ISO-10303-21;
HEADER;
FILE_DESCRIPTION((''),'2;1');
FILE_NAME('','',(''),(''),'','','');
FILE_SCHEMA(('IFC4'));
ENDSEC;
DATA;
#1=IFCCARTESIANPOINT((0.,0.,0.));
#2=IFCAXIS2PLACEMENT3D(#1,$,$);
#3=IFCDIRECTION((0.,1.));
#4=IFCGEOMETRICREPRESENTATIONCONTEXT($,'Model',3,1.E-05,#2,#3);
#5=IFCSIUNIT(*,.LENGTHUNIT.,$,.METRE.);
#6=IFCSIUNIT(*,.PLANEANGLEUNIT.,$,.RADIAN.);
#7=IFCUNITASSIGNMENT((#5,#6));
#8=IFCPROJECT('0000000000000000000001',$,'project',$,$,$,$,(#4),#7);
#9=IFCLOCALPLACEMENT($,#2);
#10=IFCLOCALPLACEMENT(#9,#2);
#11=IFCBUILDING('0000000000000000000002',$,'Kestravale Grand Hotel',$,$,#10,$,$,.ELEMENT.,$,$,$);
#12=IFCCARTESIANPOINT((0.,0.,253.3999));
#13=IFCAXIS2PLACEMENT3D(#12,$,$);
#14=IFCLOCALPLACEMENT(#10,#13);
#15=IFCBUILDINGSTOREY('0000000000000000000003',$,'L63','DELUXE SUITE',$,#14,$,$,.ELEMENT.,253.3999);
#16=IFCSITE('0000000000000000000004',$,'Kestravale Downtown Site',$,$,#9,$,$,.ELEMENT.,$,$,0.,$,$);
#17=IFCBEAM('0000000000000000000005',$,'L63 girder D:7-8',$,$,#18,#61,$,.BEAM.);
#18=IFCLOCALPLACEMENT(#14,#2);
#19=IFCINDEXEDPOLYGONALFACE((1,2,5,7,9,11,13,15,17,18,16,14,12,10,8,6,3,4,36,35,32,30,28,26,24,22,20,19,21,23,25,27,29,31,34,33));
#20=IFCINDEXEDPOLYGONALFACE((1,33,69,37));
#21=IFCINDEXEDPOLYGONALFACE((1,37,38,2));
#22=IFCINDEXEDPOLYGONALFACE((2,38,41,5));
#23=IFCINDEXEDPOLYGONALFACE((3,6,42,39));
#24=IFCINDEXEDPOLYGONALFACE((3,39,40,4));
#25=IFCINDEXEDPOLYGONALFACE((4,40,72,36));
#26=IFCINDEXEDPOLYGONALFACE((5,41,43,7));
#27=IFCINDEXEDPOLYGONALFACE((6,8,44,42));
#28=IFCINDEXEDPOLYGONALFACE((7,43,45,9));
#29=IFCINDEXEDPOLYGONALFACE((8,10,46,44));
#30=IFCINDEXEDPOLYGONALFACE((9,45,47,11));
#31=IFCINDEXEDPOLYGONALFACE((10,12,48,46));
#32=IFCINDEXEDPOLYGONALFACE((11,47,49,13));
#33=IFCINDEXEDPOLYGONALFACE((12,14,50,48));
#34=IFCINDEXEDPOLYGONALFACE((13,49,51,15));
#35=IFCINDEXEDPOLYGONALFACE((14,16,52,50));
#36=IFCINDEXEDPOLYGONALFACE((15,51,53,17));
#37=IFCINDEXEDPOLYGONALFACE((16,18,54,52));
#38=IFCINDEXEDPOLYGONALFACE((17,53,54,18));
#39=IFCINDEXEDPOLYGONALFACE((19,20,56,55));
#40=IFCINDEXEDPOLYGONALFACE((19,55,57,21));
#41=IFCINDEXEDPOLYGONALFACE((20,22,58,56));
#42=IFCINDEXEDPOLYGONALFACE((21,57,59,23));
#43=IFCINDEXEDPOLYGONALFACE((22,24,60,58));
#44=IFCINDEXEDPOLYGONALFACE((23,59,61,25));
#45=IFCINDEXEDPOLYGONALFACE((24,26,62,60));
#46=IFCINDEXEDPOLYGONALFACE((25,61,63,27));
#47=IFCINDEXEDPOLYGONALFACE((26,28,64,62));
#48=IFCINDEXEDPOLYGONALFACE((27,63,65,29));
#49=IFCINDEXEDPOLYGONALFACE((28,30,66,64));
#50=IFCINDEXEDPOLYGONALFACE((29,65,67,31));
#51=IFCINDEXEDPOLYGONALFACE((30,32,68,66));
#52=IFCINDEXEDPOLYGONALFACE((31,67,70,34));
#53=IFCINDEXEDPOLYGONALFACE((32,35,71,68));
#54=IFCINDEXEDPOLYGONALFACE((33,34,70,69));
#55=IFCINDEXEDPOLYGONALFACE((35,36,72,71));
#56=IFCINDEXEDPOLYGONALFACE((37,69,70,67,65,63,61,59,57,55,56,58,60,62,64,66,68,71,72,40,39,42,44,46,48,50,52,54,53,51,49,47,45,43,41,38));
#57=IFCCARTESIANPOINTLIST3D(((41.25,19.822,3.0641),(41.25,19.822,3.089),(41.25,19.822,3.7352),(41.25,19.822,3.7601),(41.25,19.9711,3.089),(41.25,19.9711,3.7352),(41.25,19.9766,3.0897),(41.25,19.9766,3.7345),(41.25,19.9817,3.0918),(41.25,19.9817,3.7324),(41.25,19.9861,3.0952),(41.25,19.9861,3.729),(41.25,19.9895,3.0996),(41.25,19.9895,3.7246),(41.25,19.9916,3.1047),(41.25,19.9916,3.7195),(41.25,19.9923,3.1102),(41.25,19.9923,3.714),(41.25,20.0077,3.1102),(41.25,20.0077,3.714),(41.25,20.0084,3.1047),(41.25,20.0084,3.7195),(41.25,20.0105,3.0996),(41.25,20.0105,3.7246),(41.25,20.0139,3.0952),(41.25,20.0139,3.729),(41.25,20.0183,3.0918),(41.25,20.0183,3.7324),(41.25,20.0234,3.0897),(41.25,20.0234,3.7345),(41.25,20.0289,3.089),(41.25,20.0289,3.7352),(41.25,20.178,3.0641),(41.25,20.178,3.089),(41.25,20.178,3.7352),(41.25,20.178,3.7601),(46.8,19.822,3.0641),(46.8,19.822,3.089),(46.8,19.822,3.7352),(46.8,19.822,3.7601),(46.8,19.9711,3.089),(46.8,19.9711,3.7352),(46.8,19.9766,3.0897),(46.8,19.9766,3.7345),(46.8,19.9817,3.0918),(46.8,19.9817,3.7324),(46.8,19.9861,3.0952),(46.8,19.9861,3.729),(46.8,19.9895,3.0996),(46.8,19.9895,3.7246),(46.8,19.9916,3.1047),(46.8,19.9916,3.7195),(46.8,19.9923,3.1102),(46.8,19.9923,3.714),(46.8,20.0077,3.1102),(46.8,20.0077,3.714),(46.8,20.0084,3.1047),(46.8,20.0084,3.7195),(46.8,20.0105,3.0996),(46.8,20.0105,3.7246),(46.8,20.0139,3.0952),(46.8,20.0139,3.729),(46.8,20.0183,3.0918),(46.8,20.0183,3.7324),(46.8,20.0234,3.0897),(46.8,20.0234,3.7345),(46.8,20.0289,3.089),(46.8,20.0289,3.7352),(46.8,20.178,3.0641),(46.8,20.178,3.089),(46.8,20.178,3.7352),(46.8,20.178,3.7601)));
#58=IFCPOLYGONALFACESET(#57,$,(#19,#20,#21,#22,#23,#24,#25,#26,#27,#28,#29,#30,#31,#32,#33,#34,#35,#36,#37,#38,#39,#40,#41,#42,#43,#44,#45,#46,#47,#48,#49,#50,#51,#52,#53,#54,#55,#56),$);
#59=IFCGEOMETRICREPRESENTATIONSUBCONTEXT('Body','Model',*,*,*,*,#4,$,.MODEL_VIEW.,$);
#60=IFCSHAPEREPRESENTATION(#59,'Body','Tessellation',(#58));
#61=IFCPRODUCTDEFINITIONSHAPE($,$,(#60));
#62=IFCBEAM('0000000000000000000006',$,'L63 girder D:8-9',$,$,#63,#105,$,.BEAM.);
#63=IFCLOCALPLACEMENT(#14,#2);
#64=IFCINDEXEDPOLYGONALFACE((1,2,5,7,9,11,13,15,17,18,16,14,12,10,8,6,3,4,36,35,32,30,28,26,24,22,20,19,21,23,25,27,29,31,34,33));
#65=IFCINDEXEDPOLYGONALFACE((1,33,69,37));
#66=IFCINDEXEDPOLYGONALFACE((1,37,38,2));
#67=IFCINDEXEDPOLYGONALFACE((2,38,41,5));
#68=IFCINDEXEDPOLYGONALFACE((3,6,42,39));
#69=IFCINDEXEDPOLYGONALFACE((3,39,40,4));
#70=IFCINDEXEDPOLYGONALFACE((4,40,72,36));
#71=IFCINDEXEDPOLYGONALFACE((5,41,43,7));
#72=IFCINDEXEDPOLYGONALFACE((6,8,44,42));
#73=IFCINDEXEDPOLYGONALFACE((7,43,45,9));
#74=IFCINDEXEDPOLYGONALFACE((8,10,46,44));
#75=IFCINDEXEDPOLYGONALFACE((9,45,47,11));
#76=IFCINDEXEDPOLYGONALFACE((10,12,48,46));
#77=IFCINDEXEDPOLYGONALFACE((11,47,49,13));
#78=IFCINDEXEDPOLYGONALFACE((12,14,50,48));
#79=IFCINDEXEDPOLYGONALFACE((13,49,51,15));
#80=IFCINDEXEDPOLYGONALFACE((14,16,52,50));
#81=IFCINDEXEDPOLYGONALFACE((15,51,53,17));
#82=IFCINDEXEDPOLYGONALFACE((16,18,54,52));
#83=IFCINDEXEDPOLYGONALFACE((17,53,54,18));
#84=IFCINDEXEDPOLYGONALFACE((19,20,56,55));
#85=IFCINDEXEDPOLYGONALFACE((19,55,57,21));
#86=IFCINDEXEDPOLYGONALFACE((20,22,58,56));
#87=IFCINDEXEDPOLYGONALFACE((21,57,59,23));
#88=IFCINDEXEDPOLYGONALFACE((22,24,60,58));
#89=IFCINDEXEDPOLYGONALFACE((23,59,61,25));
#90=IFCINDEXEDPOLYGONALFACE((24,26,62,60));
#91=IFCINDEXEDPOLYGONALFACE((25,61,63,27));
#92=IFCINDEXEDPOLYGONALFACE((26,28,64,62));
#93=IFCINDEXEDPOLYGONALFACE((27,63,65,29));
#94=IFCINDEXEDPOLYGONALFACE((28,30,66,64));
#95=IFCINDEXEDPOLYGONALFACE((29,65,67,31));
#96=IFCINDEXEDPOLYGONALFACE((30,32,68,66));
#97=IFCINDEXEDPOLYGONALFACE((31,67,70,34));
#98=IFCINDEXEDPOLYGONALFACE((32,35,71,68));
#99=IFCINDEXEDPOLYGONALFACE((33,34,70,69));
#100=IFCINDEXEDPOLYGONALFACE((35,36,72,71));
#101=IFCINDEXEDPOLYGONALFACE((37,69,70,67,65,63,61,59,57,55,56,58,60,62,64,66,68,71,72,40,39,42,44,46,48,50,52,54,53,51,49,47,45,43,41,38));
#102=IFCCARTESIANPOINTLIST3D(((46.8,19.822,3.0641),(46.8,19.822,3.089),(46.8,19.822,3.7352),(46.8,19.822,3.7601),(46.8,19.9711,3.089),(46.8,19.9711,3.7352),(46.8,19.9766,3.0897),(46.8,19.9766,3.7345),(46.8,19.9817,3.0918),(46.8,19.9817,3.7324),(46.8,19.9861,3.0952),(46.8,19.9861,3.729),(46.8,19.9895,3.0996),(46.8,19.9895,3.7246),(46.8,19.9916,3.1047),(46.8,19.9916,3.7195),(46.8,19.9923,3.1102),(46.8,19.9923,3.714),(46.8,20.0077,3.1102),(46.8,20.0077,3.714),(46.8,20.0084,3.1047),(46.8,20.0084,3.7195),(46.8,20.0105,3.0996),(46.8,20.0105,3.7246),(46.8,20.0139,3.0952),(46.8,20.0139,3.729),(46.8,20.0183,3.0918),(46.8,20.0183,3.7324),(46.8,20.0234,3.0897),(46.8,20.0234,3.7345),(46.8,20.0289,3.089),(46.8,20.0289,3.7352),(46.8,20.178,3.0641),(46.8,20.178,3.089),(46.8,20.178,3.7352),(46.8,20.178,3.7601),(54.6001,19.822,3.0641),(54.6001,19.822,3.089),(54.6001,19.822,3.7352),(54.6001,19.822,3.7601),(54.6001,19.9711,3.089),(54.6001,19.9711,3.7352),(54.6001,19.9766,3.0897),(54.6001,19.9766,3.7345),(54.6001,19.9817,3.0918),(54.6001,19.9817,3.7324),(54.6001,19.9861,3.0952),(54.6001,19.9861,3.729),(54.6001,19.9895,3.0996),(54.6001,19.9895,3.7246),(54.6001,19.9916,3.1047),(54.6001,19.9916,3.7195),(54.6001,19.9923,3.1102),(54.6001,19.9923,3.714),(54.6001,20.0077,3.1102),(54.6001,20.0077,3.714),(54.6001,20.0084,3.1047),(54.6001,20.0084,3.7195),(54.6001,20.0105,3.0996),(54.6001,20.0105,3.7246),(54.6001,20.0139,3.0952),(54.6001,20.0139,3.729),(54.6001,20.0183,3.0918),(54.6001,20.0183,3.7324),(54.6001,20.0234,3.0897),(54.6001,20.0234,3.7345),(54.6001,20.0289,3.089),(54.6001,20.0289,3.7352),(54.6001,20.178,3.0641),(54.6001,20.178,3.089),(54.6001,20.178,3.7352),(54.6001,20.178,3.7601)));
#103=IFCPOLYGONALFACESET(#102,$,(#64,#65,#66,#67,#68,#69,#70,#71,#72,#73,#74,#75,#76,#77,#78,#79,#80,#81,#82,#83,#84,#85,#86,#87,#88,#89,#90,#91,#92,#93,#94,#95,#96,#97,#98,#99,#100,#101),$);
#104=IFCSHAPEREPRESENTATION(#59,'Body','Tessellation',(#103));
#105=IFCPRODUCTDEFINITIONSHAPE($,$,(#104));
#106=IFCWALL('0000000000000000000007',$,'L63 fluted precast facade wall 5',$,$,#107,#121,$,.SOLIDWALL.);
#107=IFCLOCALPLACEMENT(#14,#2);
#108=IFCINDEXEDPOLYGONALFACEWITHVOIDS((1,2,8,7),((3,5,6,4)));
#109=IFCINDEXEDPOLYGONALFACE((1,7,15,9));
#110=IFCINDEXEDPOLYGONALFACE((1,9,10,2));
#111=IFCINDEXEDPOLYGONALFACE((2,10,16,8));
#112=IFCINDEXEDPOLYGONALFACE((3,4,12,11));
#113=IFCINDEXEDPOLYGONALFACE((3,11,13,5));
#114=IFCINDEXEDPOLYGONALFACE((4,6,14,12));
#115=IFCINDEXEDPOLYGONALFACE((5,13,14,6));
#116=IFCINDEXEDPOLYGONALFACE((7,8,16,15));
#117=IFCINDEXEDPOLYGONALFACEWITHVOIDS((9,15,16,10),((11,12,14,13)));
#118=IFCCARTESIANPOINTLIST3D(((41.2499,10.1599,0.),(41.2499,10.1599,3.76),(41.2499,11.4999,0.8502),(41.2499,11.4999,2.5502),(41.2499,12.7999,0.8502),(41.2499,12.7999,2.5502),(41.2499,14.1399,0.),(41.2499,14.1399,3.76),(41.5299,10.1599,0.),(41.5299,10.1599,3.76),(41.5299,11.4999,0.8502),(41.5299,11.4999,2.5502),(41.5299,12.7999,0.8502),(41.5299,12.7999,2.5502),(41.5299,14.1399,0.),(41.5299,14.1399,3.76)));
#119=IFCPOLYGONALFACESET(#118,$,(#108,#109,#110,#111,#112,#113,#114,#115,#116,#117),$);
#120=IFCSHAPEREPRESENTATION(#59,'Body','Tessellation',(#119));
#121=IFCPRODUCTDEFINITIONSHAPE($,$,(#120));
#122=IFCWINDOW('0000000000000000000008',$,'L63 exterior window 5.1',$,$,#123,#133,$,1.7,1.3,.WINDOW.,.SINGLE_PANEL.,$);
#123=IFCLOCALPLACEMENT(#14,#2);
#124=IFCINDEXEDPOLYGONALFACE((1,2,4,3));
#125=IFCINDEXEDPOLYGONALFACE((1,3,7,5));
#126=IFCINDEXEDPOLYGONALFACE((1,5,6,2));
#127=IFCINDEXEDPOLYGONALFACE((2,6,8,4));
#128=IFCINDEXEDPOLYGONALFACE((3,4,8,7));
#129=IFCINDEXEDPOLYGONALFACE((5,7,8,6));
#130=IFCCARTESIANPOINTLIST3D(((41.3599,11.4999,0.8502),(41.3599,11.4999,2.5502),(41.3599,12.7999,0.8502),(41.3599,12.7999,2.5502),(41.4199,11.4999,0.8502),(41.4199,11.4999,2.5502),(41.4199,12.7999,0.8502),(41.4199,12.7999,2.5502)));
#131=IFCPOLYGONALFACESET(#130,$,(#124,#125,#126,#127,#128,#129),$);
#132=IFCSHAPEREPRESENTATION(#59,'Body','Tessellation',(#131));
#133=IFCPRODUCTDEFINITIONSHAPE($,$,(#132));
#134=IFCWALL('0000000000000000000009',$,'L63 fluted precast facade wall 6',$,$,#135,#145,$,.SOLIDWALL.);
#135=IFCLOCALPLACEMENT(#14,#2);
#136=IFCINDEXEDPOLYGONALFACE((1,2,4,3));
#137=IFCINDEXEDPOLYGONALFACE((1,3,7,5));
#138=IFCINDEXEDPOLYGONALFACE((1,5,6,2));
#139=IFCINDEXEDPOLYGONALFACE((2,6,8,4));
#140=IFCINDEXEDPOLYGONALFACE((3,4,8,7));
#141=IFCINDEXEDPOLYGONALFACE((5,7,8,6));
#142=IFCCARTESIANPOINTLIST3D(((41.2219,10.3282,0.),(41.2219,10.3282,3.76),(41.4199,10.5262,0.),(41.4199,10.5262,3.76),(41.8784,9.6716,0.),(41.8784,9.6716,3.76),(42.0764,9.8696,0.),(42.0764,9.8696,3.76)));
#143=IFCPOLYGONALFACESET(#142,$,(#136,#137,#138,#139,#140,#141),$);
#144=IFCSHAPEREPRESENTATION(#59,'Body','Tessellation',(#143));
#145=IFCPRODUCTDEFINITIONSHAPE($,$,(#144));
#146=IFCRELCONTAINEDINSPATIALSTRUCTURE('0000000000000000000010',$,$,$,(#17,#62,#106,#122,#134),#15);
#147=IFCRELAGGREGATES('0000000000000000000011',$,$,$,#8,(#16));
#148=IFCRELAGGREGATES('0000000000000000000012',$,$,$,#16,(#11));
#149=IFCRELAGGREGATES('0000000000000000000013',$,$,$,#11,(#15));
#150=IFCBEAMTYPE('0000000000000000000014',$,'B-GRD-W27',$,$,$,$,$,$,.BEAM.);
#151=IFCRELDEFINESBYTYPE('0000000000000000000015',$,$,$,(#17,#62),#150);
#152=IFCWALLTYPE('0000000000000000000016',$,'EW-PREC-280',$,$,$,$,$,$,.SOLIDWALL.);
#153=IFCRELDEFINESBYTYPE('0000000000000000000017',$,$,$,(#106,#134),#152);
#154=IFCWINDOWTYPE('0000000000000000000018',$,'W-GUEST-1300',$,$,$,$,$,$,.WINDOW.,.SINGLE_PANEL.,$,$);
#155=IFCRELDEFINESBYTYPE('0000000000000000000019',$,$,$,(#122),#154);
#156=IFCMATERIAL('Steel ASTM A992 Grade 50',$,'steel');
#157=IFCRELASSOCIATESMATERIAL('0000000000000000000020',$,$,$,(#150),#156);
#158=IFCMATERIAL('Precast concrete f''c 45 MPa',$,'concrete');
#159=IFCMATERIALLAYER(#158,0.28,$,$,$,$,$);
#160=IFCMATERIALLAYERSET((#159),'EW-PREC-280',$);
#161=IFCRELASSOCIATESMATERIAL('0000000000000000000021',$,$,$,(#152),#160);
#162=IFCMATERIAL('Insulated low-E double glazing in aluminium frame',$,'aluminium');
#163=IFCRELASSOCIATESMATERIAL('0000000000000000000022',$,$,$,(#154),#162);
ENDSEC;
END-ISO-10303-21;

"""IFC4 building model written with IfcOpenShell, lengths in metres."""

from ifc_helpers import new_model, si_unit, direction, frame, frame_2d, origin, origin_2d, place, context, subcontext, project, spatial, rectangle, i_section, extrude, material, layer, layer_set, material_profile, profile_set, type_object, element, fill, save


model = new_model("IFC4")

# Units and contexts
model_context = context("Model", 3, precision=1e-05, world=origin(), true_north=direction((0.0, 1.0)))
body_context = subcontext(model_context, "Body", "Model", "MODEL_VIEW")
ifc_project = project(units=[si_unit("LENGTHUNIT", "METRE"), si_unit("PLANEANGLEUNIT", "RADIAN")], contexts=[model_context])

# Site, building, storey
site_placement = place(None, origin())
site = spatial("IfcSite", under=ifc_project, at=site_placement, Name="Kestravale Downtown Site", CompositionType="ELEMENT", RefElevation=0.0)
building_placement = place(site_placement, origin())
building = spatial("IfcBuilding", under=site, at=building_placement, Name="Kestravale Grand Hotel", CompositionType="ELEMENT")
storey_placement = place(building_placement, frame((0.0, 0.0, 253.3999)))
storey = spatial("IfcBuildingStorey", under=building, at=storey_placement, Name="L63", Description="DELUXE SUITE", CompositionType="ELEMENT", Elevation=253.3999)

# Beams
ifc_material_1 = material(Name="Steel ASTM A992 Grade 50", Category="steel")
ifc_material_profile_1 = material_profile(ifc_material_1, i_section(OverallWidth=0.356, OverallDepth=0.696, WebThickness=0.0154, FlangeThickness=0.0249, FilletRadius=0.0212, at=origin_2d()))
ifc_profile_set_1 = profile_set([ifc_material_profile_1], Name="Steel ASTM A992 Grade 50")
beam_type_1 = type_object("IfcBeamType", Name="B-GRD-W27", PredefinedType="BEAM", material=ifc_profile_set_1)
beam_1_placement = place(storey_placement, frame((41.25, 20.0, 3.4121), z_axis=(1.0, 0.0, 0.0), x_axis=(0.0, 1.0, 0.0)))
element("IfcBeam", 1, at=beam_1_placement, inside=storey, type_object=beam_type_1, Name="L63 girder D:7-8", PredefinedType="BEAM", context=body_context, shape_type="SweptSolid", body=[
    extrude(i_section(OverallWidth=0.356, OverallDepth=0.696, WebThickness=0.0154, FlangeThickness=0.0249, FilletRadius=0.0212, at=origin_2d()), origin(), (0.0, 0.0, 1.0), 5.55),
])
beam_2_placement = place(storey_placement, frame((46.8, 20.0, 3.4121), z_axis=(1.0, 0.0, 0.0), x_axis=(0.0, 1.0, 0.0)))
element("IfcBeam", 2, at=beam_2_placement, inside=storey, type_object=beam_type_1, Name="L63 girder D:8-9", PredefinedType="BEAM", context=body_context, shape_type="SweptSolid", body=[
    extrude(i_section(OverallWidth=0.356, OverallDepth=0.696, WebThickness=0.0154, FlangeThickness=0.0249, FilletRadius=0.0212, at=origin_2d()), origin(), (0.0, 0.0, 1.0), 7.8),
])

# Wall, opening, window
ifc_material_2 = material(Name="Precast concrete f'c 45 MPa", Category="concrete")
ifc_layer_1 = layer(ifc_material_2, 0.28)
ifc_layer_set_1 = layer_set([ifc_layer_1], Name="EW-PREC-280")
wall_type_1 = type_object("IfcWallType", Name="EW-PREC-280", PredefinedType="SOLIDWALL", material=ifc_layer_set_1)
wall_1_placement = place(storey_placement, frame((41.3899, 14.1399, 0.0), z_axis=(0.0, 0.0, 1.0), x_axis=(0.0, -1.0, 0.0)))
wall_1 = element("IfcWall", 3, at=wall_1_placement, inside=storey, type_object=wall_type_1, Name="L63 fluted precast facade wall 5", PredefinedType="SOLIDWALL", context=body_context, shape_type="SweptSolid", body=[
    extrude(rectangle(XDim=3.98, YDim=0.28, at=frame_2d((1.99, 0.0))), origin(), (0.0, 0.0, 1.0), 3.76),
])
opening_1_placement = place(wall_1_placement, frame((1.3401, 0.0, 0.8501)))
opening_1 = element("IfcOpeningElement", 4, at=opening_1_placement, cuts=wall_1, PredefinedType="OPENING", context=body_context, shape_type="SweptSolid", body=[
    extrude(rectangle(XDim=1.3, YDim=1.7, at=frame_2d((0.6499, 0.8501))), frame((0.0, 0.1499, 0.0), z_axis=(0.0, -1.0, 0.0), x_axis=(1.0, 0.0, 0.0)), (0.0, 0.0, 1.0), 0.3),
])
ifc_material_3 = material(Name="Insulated low-E double glazing in aluminium frame", Category="aluminium")
window_type = type_object("IfcWindowType", Name="W-GUEST-1300", PartitioningType="SINGLE_PANEL", PredefinedType="WINDOW", material=ifc_material_3)
window_1_placement = place(opening_1_placement, origin())
window_1 = element("IfcWindow", 5, at=window_1_placement, inside=storey, type_object=window_type, Name="L63 exterior window 5.1", OverallHeight=1.7, OverallWidth=1.3, PartitioningType="SINGLE_PANEL", PredefinedType="WINDOW", context=body_context, shape_type="SweptSolid", body=[
    extrude(rectangle(XDim=1.3, YDim=1.7, at=frame_2d((0.6499, 0.8501))), frame((0.0, 0.03, 0.0), z_axis=(0.0, -1.0, 0.0), x_axis=(1.0, 0.0, 0.0)), (0.0, 0.0, 1.0), 0.0601),
])
fill(opening_1, window_1)

# Wall
wall_2_placement = place(storey_placement, frame((41.3208, 10.4272, 0.0), z_axis=(0.0, 0.0, 1.0), x_axis=(0.707107, -0.707107, 0.0)))
element("IfcWall", 6, at=wall_2_placement, inside=storey, type_object=wall_type_1, Name="L63 fluted precast facade wall 6", PredefinedType="SOLIDWALL", context=body_context, shape_type="SweptSolid", body=[
    extrude(rectangle(XDim=0.9285, YDim=0.28, at=frame_2d((0.4644, 0.0))), origin(), (0.0, 0.0, 1.0), 3.76),
])

save(model, "model.ifc")
